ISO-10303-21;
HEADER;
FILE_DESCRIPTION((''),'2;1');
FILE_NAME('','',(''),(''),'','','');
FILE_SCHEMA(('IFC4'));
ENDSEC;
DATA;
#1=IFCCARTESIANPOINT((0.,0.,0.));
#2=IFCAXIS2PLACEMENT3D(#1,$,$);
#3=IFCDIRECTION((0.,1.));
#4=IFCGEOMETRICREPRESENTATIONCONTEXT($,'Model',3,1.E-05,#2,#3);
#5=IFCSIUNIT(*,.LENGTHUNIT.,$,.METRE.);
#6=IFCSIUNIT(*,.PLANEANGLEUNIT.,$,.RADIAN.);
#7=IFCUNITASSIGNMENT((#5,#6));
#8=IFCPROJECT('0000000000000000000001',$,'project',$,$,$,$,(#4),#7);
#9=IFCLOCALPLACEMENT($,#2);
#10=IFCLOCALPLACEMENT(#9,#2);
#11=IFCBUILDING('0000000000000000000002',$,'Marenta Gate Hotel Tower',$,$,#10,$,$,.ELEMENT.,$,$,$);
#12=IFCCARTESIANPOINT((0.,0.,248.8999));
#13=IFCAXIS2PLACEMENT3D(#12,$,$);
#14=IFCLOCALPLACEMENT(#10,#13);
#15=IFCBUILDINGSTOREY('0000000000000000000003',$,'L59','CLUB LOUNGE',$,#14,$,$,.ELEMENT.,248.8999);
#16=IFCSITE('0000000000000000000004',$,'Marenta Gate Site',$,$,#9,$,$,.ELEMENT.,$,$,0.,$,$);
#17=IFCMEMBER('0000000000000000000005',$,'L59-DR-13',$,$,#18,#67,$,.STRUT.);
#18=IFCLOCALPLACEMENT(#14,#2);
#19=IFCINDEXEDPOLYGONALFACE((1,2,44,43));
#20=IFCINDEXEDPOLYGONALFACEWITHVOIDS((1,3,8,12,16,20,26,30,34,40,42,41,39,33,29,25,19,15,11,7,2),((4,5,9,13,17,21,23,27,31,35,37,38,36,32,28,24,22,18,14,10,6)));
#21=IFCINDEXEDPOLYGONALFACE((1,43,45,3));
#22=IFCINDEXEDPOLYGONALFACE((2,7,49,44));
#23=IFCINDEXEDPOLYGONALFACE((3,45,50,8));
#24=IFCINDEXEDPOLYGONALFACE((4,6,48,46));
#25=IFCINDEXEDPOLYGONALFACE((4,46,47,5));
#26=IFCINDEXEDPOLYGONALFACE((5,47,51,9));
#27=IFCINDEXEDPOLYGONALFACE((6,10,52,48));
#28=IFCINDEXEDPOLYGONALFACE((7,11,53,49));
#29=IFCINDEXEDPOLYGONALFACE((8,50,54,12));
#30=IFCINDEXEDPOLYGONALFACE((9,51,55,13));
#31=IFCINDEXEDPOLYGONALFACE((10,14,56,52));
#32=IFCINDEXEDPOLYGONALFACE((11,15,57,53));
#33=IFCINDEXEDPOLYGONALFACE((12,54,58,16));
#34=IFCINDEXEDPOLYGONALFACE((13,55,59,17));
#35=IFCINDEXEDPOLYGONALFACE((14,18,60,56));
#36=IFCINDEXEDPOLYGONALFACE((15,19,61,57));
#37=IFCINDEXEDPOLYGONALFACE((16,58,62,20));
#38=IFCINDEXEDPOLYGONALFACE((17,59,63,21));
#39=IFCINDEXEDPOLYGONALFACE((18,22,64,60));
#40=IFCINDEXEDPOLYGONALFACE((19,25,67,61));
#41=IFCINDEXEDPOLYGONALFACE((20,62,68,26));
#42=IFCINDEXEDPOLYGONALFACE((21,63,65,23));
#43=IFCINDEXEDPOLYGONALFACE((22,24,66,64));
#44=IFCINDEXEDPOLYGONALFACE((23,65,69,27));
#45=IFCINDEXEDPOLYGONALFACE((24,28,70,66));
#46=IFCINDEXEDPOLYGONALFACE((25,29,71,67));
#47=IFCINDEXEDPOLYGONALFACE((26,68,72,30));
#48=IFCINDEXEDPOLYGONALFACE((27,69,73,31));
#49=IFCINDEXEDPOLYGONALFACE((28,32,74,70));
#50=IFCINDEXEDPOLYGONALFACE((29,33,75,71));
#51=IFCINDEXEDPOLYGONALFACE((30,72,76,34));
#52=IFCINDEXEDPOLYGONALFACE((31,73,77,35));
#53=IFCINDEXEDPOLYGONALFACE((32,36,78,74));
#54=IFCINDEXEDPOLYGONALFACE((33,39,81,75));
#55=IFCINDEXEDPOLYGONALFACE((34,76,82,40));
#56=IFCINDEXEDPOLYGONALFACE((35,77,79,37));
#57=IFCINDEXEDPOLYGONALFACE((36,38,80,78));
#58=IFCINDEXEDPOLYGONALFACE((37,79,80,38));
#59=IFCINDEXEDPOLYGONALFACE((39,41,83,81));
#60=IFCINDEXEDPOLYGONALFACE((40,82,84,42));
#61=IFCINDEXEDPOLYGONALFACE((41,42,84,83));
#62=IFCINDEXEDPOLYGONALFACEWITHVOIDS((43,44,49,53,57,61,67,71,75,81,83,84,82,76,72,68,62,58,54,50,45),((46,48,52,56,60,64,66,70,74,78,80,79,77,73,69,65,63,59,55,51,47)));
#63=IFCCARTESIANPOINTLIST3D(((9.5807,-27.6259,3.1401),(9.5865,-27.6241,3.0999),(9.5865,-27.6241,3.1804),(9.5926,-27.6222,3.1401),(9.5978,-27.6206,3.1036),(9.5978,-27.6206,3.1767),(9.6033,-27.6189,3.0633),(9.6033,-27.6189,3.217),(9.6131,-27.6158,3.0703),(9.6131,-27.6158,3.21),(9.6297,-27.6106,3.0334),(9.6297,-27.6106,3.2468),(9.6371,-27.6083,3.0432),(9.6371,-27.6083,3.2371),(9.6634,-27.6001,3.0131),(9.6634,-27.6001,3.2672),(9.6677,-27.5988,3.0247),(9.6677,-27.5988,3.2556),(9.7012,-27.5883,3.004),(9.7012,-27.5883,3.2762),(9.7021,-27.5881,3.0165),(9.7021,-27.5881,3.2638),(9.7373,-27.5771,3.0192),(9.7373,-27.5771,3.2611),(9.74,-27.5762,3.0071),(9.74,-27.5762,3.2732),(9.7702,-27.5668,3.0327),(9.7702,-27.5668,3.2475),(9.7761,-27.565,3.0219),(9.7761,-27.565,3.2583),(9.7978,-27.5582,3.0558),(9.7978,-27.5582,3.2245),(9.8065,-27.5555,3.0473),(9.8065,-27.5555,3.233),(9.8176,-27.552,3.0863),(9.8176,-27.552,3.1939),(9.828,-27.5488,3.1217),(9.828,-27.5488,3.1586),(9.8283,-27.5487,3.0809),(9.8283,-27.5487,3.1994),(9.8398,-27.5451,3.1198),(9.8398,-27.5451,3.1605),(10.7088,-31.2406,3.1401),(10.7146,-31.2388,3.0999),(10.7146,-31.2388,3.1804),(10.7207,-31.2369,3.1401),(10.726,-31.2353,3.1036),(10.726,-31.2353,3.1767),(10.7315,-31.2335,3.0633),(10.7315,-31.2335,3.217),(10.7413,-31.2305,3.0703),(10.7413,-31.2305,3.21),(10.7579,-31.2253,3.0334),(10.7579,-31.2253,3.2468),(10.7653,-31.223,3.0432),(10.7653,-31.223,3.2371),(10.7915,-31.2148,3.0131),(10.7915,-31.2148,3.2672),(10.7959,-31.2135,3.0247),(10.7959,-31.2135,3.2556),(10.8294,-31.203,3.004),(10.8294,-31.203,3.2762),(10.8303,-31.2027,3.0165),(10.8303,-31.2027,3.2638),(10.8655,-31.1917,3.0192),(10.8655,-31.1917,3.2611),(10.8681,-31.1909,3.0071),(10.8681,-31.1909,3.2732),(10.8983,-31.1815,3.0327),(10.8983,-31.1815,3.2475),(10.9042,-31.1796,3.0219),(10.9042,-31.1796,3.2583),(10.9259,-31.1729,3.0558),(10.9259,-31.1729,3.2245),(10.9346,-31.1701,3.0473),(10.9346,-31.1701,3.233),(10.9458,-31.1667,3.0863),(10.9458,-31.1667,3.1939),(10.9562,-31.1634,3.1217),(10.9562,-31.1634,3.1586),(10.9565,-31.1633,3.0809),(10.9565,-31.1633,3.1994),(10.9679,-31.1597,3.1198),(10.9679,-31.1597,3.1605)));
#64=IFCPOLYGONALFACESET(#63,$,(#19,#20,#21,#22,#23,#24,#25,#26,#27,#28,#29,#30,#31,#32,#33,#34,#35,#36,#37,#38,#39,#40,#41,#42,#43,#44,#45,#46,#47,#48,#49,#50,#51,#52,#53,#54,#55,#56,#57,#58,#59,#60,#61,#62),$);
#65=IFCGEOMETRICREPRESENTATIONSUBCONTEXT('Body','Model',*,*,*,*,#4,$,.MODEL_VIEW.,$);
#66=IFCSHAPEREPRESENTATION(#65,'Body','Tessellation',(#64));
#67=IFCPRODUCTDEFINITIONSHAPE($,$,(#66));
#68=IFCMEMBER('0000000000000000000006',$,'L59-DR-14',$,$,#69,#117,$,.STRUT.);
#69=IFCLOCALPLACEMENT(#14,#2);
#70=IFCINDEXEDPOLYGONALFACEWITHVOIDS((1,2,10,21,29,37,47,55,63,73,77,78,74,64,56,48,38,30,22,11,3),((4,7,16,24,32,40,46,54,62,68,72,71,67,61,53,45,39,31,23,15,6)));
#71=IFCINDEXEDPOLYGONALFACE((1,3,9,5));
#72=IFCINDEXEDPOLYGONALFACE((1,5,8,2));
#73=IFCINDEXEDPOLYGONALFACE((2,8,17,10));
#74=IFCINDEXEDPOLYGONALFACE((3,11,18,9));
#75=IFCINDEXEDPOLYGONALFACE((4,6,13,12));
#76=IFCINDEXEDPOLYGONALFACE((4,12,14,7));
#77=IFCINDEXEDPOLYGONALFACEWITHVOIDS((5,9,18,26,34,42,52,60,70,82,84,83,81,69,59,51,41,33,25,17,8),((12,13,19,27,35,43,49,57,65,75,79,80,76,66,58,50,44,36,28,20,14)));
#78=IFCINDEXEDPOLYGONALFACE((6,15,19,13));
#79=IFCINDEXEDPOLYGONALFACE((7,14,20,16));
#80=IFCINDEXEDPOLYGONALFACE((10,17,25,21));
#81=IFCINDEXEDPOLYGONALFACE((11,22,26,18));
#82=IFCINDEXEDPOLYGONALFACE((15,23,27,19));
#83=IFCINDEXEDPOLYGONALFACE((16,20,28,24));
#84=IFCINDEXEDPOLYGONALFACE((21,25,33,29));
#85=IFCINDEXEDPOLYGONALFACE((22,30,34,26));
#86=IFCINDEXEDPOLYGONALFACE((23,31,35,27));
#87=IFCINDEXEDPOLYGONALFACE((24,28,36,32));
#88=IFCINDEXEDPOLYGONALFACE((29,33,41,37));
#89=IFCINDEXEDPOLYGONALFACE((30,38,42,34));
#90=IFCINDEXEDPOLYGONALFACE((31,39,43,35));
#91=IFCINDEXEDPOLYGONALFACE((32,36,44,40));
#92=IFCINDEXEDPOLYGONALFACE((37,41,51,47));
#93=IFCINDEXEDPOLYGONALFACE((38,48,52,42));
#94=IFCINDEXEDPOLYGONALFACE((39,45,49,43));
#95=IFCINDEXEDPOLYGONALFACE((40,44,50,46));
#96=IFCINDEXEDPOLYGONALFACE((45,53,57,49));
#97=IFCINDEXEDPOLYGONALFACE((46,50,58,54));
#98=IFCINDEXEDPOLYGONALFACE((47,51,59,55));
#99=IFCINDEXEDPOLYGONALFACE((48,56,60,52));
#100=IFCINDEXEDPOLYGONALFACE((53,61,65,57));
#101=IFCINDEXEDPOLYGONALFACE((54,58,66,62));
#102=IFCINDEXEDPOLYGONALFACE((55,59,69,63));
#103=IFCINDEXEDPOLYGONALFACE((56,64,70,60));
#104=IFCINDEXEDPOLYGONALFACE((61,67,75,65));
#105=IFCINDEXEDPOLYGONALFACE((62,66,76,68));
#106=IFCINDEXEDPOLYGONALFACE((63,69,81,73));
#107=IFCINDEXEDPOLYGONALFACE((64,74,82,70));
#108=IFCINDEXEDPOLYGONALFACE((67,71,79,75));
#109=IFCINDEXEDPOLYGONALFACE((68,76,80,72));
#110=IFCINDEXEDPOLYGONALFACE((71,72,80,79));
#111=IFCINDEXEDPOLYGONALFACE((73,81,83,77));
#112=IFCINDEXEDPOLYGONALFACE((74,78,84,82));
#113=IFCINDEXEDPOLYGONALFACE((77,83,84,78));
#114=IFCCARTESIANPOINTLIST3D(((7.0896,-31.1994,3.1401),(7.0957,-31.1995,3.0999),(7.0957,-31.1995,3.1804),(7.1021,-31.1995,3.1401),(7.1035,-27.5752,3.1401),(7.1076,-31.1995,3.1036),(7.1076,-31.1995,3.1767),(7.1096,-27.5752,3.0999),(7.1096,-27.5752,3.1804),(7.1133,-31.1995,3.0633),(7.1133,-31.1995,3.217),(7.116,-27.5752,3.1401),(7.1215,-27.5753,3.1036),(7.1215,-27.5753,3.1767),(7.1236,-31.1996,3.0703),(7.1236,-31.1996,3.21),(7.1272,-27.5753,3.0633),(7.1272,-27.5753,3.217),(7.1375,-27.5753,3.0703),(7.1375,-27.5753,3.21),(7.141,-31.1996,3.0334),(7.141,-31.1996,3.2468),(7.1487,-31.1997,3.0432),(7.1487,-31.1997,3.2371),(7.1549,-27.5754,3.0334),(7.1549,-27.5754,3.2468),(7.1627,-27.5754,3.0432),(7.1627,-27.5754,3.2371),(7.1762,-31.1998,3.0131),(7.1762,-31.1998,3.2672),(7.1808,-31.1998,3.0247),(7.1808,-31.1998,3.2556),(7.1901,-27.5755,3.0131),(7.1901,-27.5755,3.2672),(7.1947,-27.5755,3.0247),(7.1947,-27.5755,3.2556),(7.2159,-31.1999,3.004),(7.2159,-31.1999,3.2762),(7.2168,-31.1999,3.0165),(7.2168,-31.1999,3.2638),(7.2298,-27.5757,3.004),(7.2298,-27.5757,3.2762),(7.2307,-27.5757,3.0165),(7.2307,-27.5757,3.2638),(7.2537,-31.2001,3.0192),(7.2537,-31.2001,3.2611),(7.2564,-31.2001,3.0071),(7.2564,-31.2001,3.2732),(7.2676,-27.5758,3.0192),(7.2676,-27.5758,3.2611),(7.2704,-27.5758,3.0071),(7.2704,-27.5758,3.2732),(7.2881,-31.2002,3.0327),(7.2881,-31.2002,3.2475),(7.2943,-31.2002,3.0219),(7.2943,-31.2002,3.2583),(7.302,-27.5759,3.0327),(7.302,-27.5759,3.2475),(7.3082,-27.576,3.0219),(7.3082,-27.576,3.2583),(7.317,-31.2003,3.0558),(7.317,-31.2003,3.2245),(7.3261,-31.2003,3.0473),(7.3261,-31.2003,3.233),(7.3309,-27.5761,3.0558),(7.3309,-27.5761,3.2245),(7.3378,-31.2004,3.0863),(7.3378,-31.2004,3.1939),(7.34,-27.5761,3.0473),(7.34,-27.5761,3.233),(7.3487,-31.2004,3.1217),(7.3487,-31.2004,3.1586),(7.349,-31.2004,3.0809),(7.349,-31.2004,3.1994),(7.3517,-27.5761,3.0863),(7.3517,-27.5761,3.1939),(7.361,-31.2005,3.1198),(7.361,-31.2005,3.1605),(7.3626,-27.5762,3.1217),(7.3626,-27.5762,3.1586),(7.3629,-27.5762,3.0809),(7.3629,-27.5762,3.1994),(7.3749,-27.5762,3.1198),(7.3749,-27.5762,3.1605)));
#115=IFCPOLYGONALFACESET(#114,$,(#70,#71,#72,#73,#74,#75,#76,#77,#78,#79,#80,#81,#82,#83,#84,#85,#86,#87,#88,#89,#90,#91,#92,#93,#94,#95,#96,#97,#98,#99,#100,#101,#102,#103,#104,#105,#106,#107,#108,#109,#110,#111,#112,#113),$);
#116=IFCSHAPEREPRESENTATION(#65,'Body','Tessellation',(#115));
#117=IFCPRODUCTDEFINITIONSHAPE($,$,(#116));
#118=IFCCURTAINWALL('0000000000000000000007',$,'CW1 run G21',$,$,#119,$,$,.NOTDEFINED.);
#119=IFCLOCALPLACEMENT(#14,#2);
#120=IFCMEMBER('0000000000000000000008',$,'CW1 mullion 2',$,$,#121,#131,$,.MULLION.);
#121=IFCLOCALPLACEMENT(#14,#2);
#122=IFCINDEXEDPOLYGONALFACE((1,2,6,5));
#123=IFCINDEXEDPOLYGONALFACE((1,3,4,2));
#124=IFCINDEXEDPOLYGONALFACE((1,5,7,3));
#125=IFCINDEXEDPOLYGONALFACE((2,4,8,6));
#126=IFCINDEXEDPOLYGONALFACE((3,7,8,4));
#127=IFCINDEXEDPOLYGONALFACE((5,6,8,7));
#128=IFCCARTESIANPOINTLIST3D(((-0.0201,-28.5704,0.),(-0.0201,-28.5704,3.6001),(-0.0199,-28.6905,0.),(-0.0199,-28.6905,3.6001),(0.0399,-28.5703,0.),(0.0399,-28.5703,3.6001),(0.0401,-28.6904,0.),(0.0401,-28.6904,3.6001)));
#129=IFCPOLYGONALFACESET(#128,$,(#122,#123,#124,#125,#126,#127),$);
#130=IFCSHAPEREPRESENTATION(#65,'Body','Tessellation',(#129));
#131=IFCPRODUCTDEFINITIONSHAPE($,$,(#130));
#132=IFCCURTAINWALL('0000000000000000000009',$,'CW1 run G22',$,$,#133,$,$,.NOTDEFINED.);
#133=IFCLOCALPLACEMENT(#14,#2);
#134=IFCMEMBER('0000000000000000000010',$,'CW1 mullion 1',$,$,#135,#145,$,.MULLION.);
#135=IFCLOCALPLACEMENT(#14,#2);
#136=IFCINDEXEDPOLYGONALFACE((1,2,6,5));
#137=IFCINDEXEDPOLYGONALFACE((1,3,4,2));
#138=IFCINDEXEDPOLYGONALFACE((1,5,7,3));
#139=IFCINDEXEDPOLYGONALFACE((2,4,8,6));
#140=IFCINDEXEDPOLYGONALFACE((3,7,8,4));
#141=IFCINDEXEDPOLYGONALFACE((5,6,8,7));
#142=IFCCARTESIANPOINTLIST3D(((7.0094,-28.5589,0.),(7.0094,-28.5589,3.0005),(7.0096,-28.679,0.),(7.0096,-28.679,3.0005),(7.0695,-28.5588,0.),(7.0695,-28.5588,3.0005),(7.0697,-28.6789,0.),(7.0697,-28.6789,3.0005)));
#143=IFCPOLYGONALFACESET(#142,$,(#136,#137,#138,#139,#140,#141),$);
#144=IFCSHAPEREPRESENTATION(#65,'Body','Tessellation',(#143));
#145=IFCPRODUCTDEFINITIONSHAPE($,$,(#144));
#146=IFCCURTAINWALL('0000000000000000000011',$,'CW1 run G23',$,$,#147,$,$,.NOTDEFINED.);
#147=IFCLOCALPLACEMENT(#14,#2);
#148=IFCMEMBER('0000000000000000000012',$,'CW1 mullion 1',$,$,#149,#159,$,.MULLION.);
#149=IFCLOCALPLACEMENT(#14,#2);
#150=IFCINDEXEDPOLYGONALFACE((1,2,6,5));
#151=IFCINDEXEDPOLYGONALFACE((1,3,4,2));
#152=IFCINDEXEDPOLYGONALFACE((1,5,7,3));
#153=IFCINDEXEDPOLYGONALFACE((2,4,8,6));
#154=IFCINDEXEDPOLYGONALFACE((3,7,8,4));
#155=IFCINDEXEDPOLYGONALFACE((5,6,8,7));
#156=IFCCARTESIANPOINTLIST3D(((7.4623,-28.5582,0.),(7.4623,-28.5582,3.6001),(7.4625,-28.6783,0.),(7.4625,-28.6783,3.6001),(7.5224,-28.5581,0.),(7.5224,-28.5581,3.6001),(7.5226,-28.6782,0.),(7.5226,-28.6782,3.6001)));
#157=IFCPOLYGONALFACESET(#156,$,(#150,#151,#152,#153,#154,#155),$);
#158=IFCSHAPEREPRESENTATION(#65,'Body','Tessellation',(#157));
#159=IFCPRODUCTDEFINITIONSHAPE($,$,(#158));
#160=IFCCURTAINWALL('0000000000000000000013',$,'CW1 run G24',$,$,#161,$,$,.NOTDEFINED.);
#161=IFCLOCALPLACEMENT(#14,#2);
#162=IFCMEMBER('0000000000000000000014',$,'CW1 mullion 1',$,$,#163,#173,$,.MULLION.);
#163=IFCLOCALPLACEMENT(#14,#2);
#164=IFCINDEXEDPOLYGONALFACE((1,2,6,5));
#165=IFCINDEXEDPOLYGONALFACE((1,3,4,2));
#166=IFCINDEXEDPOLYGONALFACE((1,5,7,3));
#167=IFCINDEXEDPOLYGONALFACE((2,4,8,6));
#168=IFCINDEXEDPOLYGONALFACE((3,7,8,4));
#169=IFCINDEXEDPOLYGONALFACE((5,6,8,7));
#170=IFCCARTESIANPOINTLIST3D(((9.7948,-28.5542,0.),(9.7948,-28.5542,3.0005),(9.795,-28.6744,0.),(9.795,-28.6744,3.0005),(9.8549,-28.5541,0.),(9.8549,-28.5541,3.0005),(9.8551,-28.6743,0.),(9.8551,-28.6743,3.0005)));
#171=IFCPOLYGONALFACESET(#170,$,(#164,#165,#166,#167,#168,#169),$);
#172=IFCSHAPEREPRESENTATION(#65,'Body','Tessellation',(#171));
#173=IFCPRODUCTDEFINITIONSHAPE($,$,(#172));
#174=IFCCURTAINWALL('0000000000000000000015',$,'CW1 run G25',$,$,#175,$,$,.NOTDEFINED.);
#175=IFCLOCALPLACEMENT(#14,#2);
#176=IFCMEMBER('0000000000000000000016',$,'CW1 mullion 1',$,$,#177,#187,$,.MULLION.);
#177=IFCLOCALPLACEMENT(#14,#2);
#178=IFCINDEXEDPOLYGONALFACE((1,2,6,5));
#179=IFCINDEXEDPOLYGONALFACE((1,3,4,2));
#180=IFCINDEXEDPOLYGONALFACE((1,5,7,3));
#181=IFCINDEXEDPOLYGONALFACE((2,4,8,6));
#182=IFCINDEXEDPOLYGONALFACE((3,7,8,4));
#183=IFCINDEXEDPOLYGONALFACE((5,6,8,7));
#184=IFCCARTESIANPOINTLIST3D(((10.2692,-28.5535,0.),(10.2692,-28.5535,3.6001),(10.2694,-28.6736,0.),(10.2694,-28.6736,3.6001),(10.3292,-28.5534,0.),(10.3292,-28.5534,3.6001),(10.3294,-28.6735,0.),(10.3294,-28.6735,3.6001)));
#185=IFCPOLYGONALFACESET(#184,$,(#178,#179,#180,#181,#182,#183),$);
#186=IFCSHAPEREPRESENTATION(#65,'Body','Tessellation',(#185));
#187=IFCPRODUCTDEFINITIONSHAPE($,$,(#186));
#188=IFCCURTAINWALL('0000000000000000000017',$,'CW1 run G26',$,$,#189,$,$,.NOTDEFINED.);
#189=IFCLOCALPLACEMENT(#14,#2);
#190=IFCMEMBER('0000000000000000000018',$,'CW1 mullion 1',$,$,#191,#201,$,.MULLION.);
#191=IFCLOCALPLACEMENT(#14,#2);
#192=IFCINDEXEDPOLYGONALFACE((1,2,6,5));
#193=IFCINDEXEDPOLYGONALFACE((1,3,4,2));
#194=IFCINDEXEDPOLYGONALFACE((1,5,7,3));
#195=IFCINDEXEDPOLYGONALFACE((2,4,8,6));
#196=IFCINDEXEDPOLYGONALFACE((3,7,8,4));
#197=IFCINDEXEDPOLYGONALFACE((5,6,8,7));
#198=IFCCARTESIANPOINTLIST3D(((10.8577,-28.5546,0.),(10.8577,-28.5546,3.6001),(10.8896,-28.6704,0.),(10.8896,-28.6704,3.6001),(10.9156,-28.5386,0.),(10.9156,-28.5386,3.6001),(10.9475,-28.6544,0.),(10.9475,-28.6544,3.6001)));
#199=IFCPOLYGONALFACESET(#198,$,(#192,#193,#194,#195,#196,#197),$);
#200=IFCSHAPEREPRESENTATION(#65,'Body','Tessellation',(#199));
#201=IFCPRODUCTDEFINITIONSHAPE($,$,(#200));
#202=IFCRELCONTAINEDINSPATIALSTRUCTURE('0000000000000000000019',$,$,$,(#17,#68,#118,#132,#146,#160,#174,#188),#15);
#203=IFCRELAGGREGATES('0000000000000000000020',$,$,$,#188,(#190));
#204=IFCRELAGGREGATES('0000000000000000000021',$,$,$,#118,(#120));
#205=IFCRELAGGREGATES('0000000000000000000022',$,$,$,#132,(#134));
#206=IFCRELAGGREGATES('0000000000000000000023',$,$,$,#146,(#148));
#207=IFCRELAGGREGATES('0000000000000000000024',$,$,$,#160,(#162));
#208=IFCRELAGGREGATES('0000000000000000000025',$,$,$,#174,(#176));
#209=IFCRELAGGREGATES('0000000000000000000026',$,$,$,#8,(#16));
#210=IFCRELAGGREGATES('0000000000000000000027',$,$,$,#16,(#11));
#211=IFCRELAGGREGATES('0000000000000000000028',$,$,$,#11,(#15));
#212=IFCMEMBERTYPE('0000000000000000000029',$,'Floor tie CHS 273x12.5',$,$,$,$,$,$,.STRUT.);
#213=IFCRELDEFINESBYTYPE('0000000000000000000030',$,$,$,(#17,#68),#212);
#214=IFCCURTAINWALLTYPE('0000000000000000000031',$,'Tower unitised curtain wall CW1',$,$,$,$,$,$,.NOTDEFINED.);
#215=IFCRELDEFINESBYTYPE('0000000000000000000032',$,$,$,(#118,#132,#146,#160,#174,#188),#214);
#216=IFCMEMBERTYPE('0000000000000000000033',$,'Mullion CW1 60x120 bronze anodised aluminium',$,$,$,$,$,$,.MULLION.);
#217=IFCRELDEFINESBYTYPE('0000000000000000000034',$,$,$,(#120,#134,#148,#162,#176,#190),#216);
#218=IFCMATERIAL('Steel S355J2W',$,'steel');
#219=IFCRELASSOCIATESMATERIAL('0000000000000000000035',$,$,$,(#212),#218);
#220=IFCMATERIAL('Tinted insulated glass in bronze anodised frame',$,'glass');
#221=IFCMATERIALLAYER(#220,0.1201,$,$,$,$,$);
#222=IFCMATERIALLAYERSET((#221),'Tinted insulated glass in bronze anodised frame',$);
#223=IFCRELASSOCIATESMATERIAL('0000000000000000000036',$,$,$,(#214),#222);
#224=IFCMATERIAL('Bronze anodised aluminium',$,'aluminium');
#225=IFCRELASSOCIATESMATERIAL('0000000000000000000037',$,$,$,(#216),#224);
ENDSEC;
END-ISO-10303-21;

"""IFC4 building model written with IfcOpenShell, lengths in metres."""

from ifc_helpers import new_model, si_unit, direction, frame, origin, origin_2d, place, context, subcontext, project, spatial, rectangle, hollow_circle, extrude, material, layer, layer_set, material_profile, profile_set, type_object, element, aggregate, save


model = new_model("IFC4")

# Units and contexts
model_context = context("Model", 3, precision=1e-05, world=origin(), true_north=direction((0.0, 1.0)))
body_context = subcontext(model_context, "Body", "Model", "MODEL_VIEW")
ifc_project = project(units=[si_unit("LENGTHUNIT", "METRE"), si_unit("PLANEANGLEUNIT", "RADIAN")], contexts=[model_context])

# Site, building, storey
site_placement = place(None, origin())
site = spatial("IfcSite", under=ifc_project, at=site_placement, Name="Marenta Gate Site", CompositionType="ELEMENT", RefElevation=0.0)
building_placement = place(site_placement, origin())
building = spatial("IfcBuilding", under=site, at=building_placement, Name="Marenta Gate Hotel Tower", CompositionType="ELEMENT")
storey_placement = place(building_placement, frame((0.0, 0.0, 248.8999)))
storey = spatial("IfcBuildingStorey", under=building, at=storey_placement, Name="L59", Description="CLUB LOUNGE", CompositionType="ELEMENT", Elevation=248.8999)

# Members
ifc_material_1 = material(Name="Steel S355J2W", Category="steel")
ifc_material_profile_1 = material_profile(ifc_material_1, hollow_circle(Radius=0.1365, WallThickness=0.0125, at=origin_2d()), Name="CHS 273x12.5")
ifc_profile_set_1 = profile_set([ifc_material_profile_1], Name="Steel S355J2W")
member_type_1 = type_object("IfcMemberType", Name="Floor tie CHS 273x12.5", PredefinedType="STRUT", material=ifc_profile_set_1)
member_1_placement = place(storey_placement, frame((10.8391, -31.2, 3.1401), z_axis=(-0.29793, 0.954588, 0.0), x_axis=(-0.954588, -0.29793, 0.0)))
element("IfcMember", 1, at=member_1_placement, inside=storey, type_object=member_type_1, Name="L59-DR-13", PredefinedType="STRUT", context=body_context, shape_type="SweptSolid", body=[
    extrude(hollow_circle(Radius=0.1365, WallThickness=0.0125, at=origin_2d()), origin(), (0.0, 0.0, 1.0), 3.7866),
])
member_2_placement = place(storey_placement, frame((7.2261, -31.2, 3.1401), z_axis=(0.00384, 0.999993, 0.0), x_axis=(-0.999993, 0.00384, 0.0)))
element("IfcMember", 2, at=member_2_placement, inside=storey, type_object=member_type_1, Name="L59-DR-14", PredefinedType="STRUT", context=body_context, shape_type="SweptSolid", body=[
    extrude(hollow_circle(Radius=0.1365, WallThickness=0.0125, at=origin_2d()), origin(), (0.0, 0.0, 1.0), 3.6243),
])

# Curtain walls, members
ifc_material_2 = material(Name="Tinted insulated glass in bronze anodised frame", Category="glass")
ifc_layer_1 = layer(ifc_material_2, 0.1201)
ifc_layer_set_1 = layer_set([ifc_layer_1], Name="Tinted insulated glass in bronze anodised frame")
curtain_wall_type = type_object("IfcCurtainWallType", Name="Tower unitised curtain wall CW1", PredefinedType="NOTDEFINED", material=ifc_layer_set_1)
curtain_wall_1_placement = place(storey_placement, origin())
curtain_wall_1 = element("IfcCurtainWall", 3, at=curtain_wall_1_placement, inside=storey, type_object=curtain_wall_type, Name="CW1 run G21", PredefinedType="NOTDEFINED")
ifc_material_3 = material(Name="Bronze anodised aluminium", Category="aluminium")
ifc_material_profile_2 = material_profile(ifc_material_3, rectangle(XDim=0.1201, YDim=0.0601, at=origin_2d()), Name="Mullion CW1 60x120 bronze anodised aluminium")
ifc_profile_set_2 = profile_set([ifc_material_profile_2], Name="Bronze anodised aluminium")
member_type_2 = type_object("IfcMemberType", Name="Mullion CW1 60x120 bronze anodised aluminium", PredefinedType="MULLION", material=ifc_profile_set_2)
member_3_placement = place(storey_placement, frame((0.01, -28.6304, 0.0), z_axis=(0.0, 0.0, 1.0), x_axis=(-0.001636, 0.999999, 0.0)))
member_3 = element("IfcMember", 4, at=member_3_placement, type_object=member_type_2, Name="CW1 mullion 2", PredefinedType="MULLION", context=body_context, shape_type="SweptSolid", body=[
    extrude(rectangle(XDim=0.1201, YDim=0.0601, at=origin_2d()), origin(), (0.0, 0.0, 1.0), 3.6001),
])
curtain_wall_2_placement = place(storey_placement, origin())
curtain_wall_2 = element("IfcCurtainWall", 5, at=curtain_wall_2_placement, inside=storey, type_object=curtain_wall_type, Name="CW1 run G22", PredefinedType="NOTDEFINED")
member_4_placement = place(storey_placement, frame((7.0396, -28.6189, 0.0), z_axis=(0.0, 0.0, 1.0), x_axis=(-0.001766, 0.999998, 0.0)))
member_4 = element("IfcMember", 6, at=member_4_placement, type_object=member_type_2, Name="CW1 mullion 1", PredefinedType="MULLION", context=body_context, shape_type="SweptSolid", body=[
    extrude(rectangle(XDim=0.1201, YDim=0.0601, at=origin_2d()), origin(), (0.0, 0.0, 1.0), 3.0005),
])
curtain_wall_3_placement = place(storey_placement, origin())
curtain_wall_3 = element("IfcCurtainWall", 7, at=curtain_wall_3_placement, inside=storey, type_object=curtain_wall_type, Name="CW1 run G23", PredefinedType="NOTDEFINED")
member_5_placement = place(storey_placement, frame((7.4924, -28.6182, 0.0), z_axis=(0.0, 0.0, 1.0), x_axis=(-0.001629, 0.999999, 0.0)))
member_5 = element("IfcMember", 8, at=member_5_placement, type_object=member_type_2, Name="CW1 mullion 1", PredefinedType="MULLION", context=body_context, shape_type="SweptSolid", body=[
    extrude(rectangle(XDim=0.1201, YDim=0.0601, at=origin_2d()), origin(), (0.0, 0.0, 1.0), 3.6001),
])
curtain_wall_4_placement = place(storey_placement, origin())
curtain_wall_4 = element("IfcCurtainWall", 9, at=curtain_wall_4_placement, inside=storey, type_object=curtain_wall_type, Name="CW1 run G24", PredefinedType="NOTDEFINED")
member_6_placement = place(storey_placement, frame((9.825, -28.6143, 0.0), z_axis=(0.0, 0.0, 1.0), x_axis=(-0.001687, 0.999999, 0.0)))
member_6 = element("IfcMember", 10, at=member_6_placement, type_object=member_type_2, Name="CW1 mullion 1", PredefinedType="MULLION", context=body_context, shape_type="SweptSolid", body=[
    extrude(rectangle(XDim=0.1201, YDim=0.0601, at=origin_2d()), origin(), (0.0, 0.0, 1.0), 3.0005),
])
curtain_wall_5_placement = place(storey_placement, origin())
curtain_wall_5 = element("IfcCurtainWall", 11, at=curtain_wall_5_placement, inside=storey, type_object=curtain_wall_type, Name="CW1 run G25", PredefinedType="NOTDEFINED")
member_7_placement = place(storey_placement, frame((10.2993, -28.6135, 0.0), z_axis=(0.0, 0.0, 1.0), x_axis=(-0.001654, 0.999999, 0.0)))
member_7 = element("IfcMember", 12, at=member_7_placement, type_object=member_type_2, Name="CW1 mullion 1", PredefinedType="MULLION", context=body_context, shape_type="SweptSolid", body=[
    extrude(rectangle(XDim=0.1201, YDim=0.0601, at=origin_2d()), origin(), (0.0, 0.0, 1.0), 3.6001),
])
curtain_wall_6_placement = place(storey_placement, origin())
curtain_wall_6 = element("IfcCurtainWall", 13, at=curtain_wall_6_placement, inside=storey, type_object=curtain_wall_type, Name="CW1 run G26", PredefinedType="NOTDEFINED")
member_8_placement = place(storey_placement, frame((10.9026, -28.6045, 0.0), z_axis=(0.0, 0.0, 1.0), x_axis=(-0.265292, 0.964168, 0.0)))
member_8 = element("IfcMember", 14, at=member_8_placement, type_object=member_type_2, Name="CW1 mullion 1", PredefinedType="MULLION", context=body_context, shape_type="SweptSolid", body=[
    extrude(rectangle(XDim=0.1201, YDim=0.0601, at=origin_2d()), origin(), (0.0, 0.0, 1.0), 3.6001),
])

aggregate(curtain_wall_6, [member_8])

aggregate(curtain_wall_1, [member_3])
aggregate(curtain_wall_2, [member_4])
aggregate(curtain_wall_3, [member_5])
aggregate(curtain_wall_4, [member_6])
aggregate(curtain_wall_5, [member_7])

save(model, "model.ifc")
